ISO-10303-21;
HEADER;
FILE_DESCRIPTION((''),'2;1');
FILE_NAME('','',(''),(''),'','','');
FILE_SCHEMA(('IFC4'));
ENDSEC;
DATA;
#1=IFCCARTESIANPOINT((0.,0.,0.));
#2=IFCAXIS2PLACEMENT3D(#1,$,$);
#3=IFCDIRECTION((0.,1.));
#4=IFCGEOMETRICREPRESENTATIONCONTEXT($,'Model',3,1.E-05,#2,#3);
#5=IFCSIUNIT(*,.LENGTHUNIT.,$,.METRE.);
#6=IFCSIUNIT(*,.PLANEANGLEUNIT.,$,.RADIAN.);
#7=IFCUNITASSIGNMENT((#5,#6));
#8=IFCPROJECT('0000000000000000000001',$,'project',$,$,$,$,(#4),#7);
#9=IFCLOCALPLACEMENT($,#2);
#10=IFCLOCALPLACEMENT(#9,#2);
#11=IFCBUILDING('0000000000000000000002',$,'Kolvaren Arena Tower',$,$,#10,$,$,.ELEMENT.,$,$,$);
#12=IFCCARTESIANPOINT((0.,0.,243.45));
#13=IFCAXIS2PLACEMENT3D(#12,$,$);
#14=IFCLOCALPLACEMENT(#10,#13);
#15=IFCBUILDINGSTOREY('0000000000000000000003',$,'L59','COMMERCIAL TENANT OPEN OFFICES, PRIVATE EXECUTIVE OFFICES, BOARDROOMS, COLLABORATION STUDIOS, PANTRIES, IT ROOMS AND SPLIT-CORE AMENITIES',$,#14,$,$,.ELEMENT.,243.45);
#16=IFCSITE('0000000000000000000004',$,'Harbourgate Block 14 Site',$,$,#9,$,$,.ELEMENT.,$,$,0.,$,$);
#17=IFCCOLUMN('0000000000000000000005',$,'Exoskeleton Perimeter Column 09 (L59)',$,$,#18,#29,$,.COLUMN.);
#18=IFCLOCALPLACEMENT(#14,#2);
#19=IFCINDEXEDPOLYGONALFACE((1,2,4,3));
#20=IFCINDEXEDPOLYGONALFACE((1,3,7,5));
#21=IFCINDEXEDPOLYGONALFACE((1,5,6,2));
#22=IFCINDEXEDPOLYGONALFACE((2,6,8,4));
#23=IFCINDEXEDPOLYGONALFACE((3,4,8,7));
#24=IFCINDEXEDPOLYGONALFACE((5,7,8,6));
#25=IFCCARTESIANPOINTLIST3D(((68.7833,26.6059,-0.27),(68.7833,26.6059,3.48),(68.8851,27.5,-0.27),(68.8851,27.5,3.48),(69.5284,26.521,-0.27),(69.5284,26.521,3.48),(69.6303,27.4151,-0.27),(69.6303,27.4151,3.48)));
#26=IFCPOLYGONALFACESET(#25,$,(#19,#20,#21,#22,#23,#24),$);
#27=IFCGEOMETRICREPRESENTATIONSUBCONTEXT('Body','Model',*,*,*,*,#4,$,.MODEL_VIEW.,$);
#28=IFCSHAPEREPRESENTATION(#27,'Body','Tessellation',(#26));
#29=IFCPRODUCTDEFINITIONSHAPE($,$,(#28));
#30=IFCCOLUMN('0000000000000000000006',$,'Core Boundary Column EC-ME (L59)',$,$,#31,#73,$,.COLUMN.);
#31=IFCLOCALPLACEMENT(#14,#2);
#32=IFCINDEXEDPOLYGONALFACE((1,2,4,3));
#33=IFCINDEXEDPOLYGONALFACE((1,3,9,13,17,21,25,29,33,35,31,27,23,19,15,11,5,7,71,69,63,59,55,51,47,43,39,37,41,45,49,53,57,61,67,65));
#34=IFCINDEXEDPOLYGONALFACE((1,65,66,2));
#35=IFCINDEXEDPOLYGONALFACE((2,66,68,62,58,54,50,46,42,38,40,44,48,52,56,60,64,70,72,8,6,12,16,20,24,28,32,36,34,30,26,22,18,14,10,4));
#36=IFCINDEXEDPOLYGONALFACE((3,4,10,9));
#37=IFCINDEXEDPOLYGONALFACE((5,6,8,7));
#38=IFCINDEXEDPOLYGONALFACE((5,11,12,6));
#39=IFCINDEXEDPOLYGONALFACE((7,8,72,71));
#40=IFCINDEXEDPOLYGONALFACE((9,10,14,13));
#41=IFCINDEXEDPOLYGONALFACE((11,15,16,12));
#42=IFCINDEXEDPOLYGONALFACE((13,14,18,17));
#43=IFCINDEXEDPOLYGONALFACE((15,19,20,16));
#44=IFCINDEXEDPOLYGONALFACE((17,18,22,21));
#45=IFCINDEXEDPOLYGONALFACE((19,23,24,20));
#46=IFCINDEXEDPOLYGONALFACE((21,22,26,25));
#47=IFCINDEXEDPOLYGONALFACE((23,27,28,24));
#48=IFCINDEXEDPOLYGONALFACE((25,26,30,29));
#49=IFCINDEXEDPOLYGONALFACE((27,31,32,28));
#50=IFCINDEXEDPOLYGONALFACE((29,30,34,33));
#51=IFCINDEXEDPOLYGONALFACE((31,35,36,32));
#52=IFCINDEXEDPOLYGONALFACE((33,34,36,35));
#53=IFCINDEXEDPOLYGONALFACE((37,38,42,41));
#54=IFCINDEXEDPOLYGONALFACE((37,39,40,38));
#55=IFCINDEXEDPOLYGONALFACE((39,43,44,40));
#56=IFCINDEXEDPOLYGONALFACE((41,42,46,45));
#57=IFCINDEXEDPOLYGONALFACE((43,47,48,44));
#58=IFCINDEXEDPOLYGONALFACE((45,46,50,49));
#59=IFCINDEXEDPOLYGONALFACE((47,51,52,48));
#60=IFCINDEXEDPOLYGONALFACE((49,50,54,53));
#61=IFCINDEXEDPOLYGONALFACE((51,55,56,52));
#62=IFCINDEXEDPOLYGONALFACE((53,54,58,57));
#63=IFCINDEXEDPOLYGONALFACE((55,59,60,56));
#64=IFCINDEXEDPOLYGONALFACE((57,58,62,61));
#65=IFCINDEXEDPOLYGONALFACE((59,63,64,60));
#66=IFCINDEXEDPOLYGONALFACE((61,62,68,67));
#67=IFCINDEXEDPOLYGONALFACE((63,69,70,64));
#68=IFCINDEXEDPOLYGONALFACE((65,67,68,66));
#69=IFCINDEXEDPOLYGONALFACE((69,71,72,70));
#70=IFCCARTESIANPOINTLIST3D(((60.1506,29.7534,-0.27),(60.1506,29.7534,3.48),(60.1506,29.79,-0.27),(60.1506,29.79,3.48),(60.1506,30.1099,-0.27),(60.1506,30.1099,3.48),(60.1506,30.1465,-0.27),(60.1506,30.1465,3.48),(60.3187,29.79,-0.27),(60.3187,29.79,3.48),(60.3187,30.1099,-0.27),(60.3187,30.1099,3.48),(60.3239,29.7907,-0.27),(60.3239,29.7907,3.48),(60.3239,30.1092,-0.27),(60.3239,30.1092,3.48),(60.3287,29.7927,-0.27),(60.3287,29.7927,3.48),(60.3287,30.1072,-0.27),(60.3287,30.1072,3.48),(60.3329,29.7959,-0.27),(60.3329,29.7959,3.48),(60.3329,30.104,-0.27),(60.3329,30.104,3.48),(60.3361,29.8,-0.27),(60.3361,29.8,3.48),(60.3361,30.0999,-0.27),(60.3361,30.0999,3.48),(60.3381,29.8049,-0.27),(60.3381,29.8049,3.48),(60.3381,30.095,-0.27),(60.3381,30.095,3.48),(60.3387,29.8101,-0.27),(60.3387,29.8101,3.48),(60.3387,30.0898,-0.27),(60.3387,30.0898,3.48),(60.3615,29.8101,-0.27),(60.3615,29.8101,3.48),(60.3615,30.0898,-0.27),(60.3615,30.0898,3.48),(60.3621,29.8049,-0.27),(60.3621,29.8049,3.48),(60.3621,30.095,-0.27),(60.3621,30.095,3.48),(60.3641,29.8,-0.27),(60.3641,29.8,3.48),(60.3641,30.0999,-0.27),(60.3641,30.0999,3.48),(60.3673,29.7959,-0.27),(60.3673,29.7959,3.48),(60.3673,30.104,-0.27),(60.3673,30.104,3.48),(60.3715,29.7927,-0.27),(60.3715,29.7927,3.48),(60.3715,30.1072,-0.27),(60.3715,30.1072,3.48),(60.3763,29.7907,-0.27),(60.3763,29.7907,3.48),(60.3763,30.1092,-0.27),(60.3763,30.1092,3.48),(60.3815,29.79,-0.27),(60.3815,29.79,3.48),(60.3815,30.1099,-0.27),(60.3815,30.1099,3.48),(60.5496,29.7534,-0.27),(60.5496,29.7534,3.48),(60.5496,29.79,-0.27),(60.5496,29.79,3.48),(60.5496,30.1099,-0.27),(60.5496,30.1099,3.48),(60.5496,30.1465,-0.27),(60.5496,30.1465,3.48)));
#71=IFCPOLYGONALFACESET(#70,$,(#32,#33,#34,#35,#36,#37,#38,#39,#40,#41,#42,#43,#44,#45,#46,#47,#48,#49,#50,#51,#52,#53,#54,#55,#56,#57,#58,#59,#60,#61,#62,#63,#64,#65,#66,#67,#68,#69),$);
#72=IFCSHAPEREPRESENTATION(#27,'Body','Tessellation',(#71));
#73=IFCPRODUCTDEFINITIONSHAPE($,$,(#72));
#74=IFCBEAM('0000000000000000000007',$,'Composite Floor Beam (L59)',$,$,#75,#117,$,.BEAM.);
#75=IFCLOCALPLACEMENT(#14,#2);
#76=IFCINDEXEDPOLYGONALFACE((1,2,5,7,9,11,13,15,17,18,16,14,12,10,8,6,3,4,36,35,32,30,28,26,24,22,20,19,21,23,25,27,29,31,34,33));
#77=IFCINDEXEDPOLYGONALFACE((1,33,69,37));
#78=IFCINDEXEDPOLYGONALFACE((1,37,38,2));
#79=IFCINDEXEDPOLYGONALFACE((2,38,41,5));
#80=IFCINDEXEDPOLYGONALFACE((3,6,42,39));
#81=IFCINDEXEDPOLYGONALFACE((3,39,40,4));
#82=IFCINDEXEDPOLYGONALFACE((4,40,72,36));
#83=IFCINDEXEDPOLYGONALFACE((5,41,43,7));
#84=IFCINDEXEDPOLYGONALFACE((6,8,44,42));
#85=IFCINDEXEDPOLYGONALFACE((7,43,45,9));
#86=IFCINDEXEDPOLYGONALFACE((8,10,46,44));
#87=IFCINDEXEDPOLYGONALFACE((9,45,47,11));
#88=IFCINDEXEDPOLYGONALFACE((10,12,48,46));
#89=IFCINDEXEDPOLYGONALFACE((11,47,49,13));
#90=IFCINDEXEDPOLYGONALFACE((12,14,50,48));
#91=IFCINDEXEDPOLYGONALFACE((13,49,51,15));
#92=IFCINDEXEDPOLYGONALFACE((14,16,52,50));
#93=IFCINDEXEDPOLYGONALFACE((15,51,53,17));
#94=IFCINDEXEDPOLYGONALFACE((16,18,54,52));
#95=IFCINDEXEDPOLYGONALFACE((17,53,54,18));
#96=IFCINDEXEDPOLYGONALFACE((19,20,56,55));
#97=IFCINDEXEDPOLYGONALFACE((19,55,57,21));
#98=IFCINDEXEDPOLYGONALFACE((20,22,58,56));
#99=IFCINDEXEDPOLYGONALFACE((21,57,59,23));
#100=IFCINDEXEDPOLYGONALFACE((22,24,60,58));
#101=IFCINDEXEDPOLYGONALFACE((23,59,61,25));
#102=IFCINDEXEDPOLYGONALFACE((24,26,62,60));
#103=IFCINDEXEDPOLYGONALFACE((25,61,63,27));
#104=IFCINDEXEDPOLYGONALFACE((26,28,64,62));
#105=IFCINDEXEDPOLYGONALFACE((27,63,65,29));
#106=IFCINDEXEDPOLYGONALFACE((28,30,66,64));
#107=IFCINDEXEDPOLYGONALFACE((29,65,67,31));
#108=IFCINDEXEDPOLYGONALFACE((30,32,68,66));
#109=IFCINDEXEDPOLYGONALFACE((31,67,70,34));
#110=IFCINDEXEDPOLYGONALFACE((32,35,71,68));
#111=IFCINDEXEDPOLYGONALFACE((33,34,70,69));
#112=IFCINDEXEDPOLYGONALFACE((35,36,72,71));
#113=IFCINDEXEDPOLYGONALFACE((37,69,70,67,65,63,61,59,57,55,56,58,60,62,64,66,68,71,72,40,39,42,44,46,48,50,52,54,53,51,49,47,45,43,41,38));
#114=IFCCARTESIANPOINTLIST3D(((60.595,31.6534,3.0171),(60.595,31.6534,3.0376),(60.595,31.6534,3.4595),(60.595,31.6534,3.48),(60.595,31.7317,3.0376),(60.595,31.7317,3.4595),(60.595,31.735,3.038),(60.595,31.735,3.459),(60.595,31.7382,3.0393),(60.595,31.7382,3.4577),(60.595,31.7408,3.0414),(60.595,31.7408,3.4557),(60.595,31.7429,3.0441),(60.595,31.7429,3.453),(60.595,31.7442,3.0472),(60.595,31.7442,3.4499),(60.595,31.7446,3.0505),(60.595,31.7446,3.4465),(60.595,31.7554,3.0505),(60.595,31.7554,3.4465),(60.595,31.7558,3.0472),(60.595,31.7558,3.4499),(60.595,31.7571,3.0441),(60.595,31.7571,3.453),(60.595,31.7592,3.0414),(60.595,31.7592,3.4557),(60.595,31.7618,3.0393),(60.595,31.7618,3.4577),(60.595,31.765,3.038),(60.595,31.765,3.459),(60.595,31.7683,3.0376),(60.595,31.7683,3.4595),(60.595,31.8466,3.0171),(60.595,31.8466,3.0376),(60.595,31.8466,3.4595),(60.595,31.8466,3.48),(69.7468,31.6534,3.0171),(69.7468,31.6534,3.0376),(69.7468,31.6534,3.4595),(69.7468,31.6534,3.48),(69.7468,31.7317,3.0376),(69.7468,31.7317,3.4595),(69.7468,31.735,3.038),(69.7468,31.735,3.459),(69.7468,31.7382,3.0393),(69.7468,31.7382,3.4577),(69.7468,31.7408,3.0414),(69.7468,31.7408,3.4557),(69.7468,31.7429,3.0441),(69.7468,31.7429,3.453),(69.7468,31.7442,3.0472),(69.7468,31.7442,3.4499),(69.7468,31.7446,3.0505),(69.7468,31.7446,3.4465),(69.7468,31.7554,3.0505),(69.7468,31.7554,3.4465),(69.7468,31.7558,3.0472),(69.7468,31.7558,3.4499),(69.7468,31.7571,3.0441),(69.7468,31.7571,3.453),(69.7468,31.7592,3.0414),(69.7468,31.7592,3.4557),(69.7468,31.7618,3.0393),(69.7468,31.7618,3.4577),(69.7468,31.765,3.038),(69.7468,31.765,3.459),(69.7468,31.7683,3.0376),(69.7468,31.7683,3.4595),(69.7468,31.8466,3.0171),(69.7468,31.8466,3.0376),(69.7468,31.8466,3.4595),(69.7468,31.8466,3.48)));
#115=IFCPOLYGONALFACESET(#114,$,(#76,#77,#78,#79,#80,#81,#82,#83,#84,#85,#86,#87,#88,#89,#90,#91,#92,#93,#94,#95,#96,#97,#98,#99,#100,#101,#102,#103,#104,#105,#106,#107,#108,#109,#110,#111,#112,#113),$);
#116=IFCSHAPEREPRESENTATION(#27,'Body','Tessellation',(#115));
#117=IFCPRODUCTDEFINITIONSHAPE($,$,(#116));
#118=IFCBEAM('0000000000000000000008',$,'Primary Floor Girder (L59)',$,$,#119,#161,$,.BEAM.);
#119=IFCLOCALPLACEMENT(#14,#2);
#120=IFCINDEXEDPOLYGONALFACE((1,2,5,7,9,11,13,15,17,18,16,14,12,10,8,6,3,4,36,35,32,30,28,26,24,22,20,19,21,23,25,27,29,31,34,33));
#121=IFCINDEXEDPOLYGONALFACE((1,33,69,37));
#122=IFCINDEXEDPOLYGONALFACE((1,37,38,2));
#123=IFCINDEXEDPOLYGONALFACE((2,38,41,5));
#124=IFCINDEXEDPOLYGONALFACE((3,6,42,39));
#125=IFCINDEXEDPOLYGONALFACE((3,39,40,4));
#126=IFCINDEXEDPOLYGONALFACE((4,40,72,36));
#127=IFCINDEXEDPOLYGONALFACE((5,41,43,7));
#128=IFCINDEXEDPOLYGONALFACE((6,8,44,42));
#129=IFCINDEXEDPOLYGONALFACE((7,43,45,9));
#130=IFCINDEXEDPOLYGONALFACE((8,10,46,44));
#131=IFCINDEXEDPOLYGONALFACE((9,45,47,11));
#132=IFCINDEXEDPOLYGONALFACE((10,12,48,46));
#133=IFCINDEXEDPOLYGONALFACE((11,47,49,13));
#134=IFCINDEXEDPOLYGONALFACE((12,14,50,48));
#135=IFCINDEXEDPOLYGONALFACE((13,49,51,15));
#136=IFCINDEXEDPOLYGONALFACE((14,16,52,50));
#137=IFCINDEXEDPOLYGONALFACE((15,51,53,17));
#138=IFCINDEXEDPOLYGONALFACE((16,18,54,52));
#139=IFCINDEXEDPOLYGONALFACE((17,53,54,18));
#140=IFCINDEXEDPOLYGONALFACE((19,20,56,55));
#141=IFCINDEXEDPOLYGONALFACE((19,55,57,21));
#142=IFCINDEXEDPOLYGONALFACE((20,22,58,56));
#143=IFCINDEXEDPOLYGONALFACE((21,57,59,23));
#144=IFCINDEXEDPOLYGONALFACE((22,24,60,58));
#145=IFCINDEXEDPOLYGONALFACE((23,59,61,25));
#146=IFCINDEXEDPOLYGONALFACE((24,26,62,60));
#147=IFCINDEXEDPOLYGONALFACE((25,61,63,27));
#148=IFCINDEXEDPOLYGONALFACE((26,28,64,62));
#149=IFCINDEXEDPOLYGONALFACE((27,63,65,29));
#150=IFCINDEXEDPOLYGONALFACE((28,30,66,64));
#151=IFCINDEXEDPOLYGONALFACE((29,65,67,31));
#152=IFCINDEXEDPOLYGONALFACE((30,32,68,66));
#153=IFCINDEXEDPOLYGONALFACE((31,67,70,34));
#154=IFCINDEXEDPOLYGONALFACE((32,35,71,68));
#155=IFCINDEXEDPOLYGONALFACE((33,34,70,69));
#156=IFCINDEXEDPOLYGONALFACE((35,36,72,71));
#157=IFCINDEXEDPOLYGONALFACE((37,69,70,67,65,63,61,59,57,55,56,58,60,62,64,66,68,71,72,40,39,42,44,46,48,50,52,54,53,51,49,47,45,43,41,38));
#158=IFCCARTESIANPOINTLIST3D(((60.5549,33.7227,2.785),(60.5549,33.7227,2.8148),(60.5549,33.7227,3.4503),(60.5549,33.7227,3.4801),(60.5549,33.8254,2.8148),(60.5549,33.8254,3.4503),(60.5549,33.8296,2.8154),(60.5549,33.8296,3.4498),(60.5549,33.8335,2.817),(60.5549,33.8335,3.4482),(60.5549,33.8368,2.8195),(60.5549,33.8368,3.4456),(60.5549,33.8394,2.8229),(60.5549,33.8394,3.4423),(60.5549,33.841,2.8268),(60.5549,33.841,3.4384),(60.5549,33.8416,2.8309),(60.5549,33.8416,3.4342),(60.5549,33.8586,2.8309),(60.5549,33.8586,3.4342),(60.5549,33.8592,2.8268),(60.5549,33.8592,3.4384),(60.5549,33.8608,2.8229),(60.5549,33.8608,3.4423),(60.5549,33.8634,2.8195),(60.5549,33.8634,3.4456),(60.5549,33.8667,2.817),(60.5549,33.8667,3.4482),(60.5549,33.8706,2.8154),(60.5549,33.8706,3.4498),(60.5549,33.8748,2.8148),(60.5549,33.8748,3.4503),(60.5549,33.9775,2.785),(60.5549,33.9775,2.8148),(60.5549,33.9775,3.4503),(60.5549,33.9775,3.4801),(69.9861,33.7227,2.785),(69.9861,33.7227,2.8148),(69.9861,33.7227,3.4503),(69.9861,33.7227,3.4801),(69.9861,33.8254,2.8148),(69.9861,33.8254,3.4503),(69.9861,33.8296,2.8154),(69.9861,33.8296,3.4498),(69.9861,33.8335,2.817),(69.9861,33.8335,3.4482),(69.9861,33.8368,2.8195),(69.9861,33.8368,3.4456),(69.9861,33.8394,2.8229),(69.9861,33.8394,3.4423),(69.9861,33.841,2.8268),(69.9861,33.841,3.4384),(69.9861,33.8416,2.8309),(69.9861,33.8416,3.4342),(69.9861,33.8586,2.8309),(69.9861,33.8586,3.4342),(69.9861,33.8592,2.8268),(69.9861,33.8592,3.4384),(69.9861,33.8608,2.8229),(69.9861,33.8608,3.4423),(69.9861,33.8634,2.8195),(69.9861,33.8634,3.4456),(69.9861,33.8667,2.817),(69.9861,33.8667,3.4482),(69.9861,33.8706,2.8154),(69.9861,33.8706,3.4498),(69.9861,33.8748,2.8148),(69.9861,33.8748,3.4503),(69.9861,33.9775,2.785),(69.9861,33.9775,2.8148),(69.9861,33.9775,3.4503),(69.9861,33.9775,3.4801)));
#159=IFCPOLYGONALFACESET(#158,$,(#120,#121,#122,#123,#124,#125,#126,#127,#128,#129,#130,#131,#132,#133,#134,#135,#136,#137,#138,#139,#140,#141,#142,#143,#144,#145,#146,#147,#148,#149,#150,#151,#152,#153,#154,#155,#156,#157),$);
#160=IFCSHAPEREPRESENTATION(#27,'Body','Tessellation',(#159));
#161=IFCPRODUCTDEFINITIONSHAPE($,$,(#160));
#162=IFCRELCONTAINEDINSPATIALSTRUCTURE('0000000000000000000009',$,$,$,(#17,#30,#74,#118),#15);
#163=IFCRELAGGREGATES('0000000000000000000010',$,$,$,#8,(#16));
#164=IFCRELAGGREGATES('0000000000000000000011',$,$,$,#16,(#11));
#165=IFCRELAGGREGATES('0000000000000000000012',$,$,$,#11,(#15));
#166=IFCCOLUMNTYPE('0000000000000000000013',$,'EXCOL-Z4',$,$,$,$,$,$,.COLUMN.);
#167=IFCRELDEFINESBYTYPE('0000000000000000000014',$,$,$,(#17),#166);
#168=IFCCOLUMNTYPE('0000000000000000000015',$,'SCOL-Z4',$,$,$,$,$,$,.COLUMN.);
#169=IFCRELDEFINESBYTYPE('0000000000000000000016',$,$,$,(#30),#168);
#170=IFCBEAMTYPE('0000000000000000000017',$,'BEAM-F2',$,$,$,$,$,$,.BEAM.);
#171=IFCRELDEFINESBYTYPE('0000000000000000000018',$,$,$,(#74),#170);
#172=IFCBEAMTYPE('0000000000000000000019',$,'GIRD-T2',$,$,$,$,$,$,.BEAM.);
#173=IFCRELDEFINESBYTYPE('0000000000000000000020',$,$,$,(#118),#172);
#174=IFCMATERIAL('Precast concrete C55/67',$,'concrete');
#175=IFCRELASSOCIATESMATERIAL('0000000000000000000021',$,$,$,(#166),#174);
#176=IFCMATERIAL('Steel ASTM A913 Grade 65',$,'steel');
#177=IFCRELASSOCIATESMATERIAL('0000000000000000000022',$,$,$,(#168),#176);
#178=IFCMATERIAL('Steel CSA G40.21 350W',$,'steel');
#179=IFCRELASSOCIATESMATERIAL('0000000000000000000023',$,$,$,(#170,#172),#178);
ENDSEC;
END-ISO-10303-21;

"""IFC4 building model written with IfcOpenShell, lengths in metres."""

from ifc_helpers import new_model, si_unit, direction, frame, origin, origin_2d, place, context, subcontext, project, spatial, rectangle, i_section, extrude, material, material_profile, profile_set, type_object, element, save


model = new_model("IFC4")

# Units and contexts
model_context = context("Model", 3, precision=1e-05, world=origin(), true_north=direction((0.0, 1.0)))
body_context = subcontext(model_context, "Body", "Model", "MODEL_VIEW")
ifc_project = project(units=[si_unit("LENGTHUNIT", "METRE"), si_unit("PLANEANGLEUNIT", "RADIAN")], contexts=[model_context])

# Site, building, storey
site_placement = place(None, origin())
site = spatial("IfcSite", under=ifc_project, at=site_placement, Name="Harbourgate Block 14 Site", CompositionType="ELEMENT", RefElevation=0.0)
building_placement = place(site_placement, origin())
building = spatial("IfcBuilding", under=site, at=building_placement, Name="Kolvaren Arena Tower", CompositionType="ELEMENT")
storey_placement = place(building_placement, frame((0.0, 0.0, 243.45)))
storey = spatial("IfcBuildingStorey", under=building, at=storey_placement, Name="L59", Description="COMMERCIAL TENANT OPEN OFFICES, PRIVATE EXECUTIVE OFFICES, BOARDROOMS, COLLABORATION STUDIOS, PANTRIES, IT ROOMS AND SPLIT-CORE AMENITIES", CompositionType="ELEMENT", Elevation=243.45)

# Columns
ifc_material_1 = material(Name="Precast concrete C55/67", Category="concrete")
ifc_material_profile_1 = material_profile(ifc_material_1, rectangle(XDim=0.8999, YDim=0.75, at=origin_2d()), Name="RC-900x750")
ifc_profile_set_1 = profile_set([ifc_material_profile_1], Name="Precast concrete C55/67")
column_type_1 = type_object("IfcColumnType", Name="EXCOL-Z4", PredefinedType="COLUMN", material=ifc_profile_set_1)
column_1_placement = place(storey_placement, frame((69.2068, 27.0105, -0.27), z_axis=(0.0, 0.0, 1.0), x_axis=(0.113203, 0.993572, 0.0)))
element("IfcColumn", 1, at=column_1_placement, inside=storey, type_object=column_type_1, Name="Exoskeleton Perimeter Column 09 (L59)", PredefinedType="COLUMN", context=body_context, shape_type="SweptSolid", body=[
    extrude(rectangle(XDim=0.8999, YDim=0.75, at=origin_2d()), origin(), (0.0, 0.0, 1.0), 3.75),
])
ifc_material_2 = material(Name="Steel ASTM A913 Grade 65", Category="steel")
ifc_material_profile_2 = material_profile(ifc_material_2, i_section(OverallWidth=0.3989, OverallDepth=0.3931, WebThickness=0.0227, FlangeThickness=0.0366, FilletRadius=0.02, at=origin_2d()), Name="W360x287")
ifc_profile_set_2 = profile_set([ifc_material_profile_2], Name="Steel ASTM A913 Grade 65")
column_type_2 = type_object("IfcColumnType", Name="SCOL-Z4", PredefinedType="COLUMN", material=ifc_profile_set_2)
column_2_placement = place(storey_placement, frame((60.3501, 29.95, -0.27), z_axis=(0.0, 0.0, 1.0), x_axis=(1.0, 0.0, 0.0)))
element("IfcColumn", 2, at=column_2_placement, inside=storey, type_object=column_type_2, Name="Core Boundary Column EC-ME (L59)", PredefinedType="COLUMN", context=body_context, shape_type="SweptSolid", body=[
    extrude(i_section(OverallWidth=0.3989, OverallDepth=0.3931, WebThickness=0.0227, FlangeThickness=0.0366, FilletRadius=0.02, at=origin_2d()), origin(), (0.0, 0.0, 1.0), 3.75),
])

# Beams
ifc_material_3 = material(Name="Steel CSA G40.21 350W", Category="steel")
ifc_material_profile_3 = material_profile(ifc_material_3, i_section(OverallWidth=0.1931, OverallDepth=0.4629, WebThickness=0.0107, FlangeThickness=0.0205, FilletRadius=0.0129, at=origin_2d()), Name="W460x113")
ifc_profile_set_3 = profile_set([ifc_material_profile_3], Name="Steel CSA G40.21 350W")
beam_type_1 = type_object("IfcBeamType", Name="BEAM-F2", PredefinedType="BEAM", material=ifc_profile_set_3)
beam_1_placement = place(storey_placement, frame((60.595, 31.75, 3.2485), z_axis=(1.0, 0.0, 0.0), x_axis=(0.0, 1.0, 0.0)))
element("IfcBeam", 3, at=beam_1_placement, inside=storey, type_object=beam_type_1, Name="Composite Floor Beam (L59)", PredefinedType="BEAM", context=body_context, shape_type="SweptSolid", body=[
    extrude(i_section(OverallWidth=0.1931, OverallDepth=0.4629, WebThickness=0.0107, FlangeThickness=0.0205, FilletRadius=0.0129, at=origin_2d()), origin(), (0.0, 0.0, 1.0), 9.1519),
])
ifc_material_profile_4 = material_profile(ifc_material_3, i_section(OverallWidth=0.2549, OverallDepth=0.6951, WebThickness=0.0171, FlangeThickness=0.0298, FilletRadius=0.0161, at=origin_2d()), Name="W690x217")
ifc_profile_set_4 = profile_set([ifc_material_profile_4], Name="Steel CSA G40.21 350W")
beam_type_2 = type_object("IfcBeamType", Name="GIRD-T2", PredefinedType="BEAM", material=ifc_profile_set_4)
beam_2_placement = place(storey_placement, frame((60.5549, 33.8501, 3.1326), z_axis=(1.0, 0.0, 0.0), x_axis=(0.0, 1.0, 0.0)))
element("IfcBeam", 4, at=beam_2_placement, inside=storey, type_object=beam_type_2, Name="Primary Floor Girder (L59)", PredefinedType="BEAM", context=body_context, shape_type="SweptSolid", body=[
    extrude(i_section(OverallWidth=0.2549, OverallDepth=0.6951, WebThickness=0.0171, FlangeThickness=0.0298, FilletRadius=0.0161, at=origin_2d()), origin(), (0.0, 0.0, 1.0), 9.4312),
])

save(model, "model.ifc")
